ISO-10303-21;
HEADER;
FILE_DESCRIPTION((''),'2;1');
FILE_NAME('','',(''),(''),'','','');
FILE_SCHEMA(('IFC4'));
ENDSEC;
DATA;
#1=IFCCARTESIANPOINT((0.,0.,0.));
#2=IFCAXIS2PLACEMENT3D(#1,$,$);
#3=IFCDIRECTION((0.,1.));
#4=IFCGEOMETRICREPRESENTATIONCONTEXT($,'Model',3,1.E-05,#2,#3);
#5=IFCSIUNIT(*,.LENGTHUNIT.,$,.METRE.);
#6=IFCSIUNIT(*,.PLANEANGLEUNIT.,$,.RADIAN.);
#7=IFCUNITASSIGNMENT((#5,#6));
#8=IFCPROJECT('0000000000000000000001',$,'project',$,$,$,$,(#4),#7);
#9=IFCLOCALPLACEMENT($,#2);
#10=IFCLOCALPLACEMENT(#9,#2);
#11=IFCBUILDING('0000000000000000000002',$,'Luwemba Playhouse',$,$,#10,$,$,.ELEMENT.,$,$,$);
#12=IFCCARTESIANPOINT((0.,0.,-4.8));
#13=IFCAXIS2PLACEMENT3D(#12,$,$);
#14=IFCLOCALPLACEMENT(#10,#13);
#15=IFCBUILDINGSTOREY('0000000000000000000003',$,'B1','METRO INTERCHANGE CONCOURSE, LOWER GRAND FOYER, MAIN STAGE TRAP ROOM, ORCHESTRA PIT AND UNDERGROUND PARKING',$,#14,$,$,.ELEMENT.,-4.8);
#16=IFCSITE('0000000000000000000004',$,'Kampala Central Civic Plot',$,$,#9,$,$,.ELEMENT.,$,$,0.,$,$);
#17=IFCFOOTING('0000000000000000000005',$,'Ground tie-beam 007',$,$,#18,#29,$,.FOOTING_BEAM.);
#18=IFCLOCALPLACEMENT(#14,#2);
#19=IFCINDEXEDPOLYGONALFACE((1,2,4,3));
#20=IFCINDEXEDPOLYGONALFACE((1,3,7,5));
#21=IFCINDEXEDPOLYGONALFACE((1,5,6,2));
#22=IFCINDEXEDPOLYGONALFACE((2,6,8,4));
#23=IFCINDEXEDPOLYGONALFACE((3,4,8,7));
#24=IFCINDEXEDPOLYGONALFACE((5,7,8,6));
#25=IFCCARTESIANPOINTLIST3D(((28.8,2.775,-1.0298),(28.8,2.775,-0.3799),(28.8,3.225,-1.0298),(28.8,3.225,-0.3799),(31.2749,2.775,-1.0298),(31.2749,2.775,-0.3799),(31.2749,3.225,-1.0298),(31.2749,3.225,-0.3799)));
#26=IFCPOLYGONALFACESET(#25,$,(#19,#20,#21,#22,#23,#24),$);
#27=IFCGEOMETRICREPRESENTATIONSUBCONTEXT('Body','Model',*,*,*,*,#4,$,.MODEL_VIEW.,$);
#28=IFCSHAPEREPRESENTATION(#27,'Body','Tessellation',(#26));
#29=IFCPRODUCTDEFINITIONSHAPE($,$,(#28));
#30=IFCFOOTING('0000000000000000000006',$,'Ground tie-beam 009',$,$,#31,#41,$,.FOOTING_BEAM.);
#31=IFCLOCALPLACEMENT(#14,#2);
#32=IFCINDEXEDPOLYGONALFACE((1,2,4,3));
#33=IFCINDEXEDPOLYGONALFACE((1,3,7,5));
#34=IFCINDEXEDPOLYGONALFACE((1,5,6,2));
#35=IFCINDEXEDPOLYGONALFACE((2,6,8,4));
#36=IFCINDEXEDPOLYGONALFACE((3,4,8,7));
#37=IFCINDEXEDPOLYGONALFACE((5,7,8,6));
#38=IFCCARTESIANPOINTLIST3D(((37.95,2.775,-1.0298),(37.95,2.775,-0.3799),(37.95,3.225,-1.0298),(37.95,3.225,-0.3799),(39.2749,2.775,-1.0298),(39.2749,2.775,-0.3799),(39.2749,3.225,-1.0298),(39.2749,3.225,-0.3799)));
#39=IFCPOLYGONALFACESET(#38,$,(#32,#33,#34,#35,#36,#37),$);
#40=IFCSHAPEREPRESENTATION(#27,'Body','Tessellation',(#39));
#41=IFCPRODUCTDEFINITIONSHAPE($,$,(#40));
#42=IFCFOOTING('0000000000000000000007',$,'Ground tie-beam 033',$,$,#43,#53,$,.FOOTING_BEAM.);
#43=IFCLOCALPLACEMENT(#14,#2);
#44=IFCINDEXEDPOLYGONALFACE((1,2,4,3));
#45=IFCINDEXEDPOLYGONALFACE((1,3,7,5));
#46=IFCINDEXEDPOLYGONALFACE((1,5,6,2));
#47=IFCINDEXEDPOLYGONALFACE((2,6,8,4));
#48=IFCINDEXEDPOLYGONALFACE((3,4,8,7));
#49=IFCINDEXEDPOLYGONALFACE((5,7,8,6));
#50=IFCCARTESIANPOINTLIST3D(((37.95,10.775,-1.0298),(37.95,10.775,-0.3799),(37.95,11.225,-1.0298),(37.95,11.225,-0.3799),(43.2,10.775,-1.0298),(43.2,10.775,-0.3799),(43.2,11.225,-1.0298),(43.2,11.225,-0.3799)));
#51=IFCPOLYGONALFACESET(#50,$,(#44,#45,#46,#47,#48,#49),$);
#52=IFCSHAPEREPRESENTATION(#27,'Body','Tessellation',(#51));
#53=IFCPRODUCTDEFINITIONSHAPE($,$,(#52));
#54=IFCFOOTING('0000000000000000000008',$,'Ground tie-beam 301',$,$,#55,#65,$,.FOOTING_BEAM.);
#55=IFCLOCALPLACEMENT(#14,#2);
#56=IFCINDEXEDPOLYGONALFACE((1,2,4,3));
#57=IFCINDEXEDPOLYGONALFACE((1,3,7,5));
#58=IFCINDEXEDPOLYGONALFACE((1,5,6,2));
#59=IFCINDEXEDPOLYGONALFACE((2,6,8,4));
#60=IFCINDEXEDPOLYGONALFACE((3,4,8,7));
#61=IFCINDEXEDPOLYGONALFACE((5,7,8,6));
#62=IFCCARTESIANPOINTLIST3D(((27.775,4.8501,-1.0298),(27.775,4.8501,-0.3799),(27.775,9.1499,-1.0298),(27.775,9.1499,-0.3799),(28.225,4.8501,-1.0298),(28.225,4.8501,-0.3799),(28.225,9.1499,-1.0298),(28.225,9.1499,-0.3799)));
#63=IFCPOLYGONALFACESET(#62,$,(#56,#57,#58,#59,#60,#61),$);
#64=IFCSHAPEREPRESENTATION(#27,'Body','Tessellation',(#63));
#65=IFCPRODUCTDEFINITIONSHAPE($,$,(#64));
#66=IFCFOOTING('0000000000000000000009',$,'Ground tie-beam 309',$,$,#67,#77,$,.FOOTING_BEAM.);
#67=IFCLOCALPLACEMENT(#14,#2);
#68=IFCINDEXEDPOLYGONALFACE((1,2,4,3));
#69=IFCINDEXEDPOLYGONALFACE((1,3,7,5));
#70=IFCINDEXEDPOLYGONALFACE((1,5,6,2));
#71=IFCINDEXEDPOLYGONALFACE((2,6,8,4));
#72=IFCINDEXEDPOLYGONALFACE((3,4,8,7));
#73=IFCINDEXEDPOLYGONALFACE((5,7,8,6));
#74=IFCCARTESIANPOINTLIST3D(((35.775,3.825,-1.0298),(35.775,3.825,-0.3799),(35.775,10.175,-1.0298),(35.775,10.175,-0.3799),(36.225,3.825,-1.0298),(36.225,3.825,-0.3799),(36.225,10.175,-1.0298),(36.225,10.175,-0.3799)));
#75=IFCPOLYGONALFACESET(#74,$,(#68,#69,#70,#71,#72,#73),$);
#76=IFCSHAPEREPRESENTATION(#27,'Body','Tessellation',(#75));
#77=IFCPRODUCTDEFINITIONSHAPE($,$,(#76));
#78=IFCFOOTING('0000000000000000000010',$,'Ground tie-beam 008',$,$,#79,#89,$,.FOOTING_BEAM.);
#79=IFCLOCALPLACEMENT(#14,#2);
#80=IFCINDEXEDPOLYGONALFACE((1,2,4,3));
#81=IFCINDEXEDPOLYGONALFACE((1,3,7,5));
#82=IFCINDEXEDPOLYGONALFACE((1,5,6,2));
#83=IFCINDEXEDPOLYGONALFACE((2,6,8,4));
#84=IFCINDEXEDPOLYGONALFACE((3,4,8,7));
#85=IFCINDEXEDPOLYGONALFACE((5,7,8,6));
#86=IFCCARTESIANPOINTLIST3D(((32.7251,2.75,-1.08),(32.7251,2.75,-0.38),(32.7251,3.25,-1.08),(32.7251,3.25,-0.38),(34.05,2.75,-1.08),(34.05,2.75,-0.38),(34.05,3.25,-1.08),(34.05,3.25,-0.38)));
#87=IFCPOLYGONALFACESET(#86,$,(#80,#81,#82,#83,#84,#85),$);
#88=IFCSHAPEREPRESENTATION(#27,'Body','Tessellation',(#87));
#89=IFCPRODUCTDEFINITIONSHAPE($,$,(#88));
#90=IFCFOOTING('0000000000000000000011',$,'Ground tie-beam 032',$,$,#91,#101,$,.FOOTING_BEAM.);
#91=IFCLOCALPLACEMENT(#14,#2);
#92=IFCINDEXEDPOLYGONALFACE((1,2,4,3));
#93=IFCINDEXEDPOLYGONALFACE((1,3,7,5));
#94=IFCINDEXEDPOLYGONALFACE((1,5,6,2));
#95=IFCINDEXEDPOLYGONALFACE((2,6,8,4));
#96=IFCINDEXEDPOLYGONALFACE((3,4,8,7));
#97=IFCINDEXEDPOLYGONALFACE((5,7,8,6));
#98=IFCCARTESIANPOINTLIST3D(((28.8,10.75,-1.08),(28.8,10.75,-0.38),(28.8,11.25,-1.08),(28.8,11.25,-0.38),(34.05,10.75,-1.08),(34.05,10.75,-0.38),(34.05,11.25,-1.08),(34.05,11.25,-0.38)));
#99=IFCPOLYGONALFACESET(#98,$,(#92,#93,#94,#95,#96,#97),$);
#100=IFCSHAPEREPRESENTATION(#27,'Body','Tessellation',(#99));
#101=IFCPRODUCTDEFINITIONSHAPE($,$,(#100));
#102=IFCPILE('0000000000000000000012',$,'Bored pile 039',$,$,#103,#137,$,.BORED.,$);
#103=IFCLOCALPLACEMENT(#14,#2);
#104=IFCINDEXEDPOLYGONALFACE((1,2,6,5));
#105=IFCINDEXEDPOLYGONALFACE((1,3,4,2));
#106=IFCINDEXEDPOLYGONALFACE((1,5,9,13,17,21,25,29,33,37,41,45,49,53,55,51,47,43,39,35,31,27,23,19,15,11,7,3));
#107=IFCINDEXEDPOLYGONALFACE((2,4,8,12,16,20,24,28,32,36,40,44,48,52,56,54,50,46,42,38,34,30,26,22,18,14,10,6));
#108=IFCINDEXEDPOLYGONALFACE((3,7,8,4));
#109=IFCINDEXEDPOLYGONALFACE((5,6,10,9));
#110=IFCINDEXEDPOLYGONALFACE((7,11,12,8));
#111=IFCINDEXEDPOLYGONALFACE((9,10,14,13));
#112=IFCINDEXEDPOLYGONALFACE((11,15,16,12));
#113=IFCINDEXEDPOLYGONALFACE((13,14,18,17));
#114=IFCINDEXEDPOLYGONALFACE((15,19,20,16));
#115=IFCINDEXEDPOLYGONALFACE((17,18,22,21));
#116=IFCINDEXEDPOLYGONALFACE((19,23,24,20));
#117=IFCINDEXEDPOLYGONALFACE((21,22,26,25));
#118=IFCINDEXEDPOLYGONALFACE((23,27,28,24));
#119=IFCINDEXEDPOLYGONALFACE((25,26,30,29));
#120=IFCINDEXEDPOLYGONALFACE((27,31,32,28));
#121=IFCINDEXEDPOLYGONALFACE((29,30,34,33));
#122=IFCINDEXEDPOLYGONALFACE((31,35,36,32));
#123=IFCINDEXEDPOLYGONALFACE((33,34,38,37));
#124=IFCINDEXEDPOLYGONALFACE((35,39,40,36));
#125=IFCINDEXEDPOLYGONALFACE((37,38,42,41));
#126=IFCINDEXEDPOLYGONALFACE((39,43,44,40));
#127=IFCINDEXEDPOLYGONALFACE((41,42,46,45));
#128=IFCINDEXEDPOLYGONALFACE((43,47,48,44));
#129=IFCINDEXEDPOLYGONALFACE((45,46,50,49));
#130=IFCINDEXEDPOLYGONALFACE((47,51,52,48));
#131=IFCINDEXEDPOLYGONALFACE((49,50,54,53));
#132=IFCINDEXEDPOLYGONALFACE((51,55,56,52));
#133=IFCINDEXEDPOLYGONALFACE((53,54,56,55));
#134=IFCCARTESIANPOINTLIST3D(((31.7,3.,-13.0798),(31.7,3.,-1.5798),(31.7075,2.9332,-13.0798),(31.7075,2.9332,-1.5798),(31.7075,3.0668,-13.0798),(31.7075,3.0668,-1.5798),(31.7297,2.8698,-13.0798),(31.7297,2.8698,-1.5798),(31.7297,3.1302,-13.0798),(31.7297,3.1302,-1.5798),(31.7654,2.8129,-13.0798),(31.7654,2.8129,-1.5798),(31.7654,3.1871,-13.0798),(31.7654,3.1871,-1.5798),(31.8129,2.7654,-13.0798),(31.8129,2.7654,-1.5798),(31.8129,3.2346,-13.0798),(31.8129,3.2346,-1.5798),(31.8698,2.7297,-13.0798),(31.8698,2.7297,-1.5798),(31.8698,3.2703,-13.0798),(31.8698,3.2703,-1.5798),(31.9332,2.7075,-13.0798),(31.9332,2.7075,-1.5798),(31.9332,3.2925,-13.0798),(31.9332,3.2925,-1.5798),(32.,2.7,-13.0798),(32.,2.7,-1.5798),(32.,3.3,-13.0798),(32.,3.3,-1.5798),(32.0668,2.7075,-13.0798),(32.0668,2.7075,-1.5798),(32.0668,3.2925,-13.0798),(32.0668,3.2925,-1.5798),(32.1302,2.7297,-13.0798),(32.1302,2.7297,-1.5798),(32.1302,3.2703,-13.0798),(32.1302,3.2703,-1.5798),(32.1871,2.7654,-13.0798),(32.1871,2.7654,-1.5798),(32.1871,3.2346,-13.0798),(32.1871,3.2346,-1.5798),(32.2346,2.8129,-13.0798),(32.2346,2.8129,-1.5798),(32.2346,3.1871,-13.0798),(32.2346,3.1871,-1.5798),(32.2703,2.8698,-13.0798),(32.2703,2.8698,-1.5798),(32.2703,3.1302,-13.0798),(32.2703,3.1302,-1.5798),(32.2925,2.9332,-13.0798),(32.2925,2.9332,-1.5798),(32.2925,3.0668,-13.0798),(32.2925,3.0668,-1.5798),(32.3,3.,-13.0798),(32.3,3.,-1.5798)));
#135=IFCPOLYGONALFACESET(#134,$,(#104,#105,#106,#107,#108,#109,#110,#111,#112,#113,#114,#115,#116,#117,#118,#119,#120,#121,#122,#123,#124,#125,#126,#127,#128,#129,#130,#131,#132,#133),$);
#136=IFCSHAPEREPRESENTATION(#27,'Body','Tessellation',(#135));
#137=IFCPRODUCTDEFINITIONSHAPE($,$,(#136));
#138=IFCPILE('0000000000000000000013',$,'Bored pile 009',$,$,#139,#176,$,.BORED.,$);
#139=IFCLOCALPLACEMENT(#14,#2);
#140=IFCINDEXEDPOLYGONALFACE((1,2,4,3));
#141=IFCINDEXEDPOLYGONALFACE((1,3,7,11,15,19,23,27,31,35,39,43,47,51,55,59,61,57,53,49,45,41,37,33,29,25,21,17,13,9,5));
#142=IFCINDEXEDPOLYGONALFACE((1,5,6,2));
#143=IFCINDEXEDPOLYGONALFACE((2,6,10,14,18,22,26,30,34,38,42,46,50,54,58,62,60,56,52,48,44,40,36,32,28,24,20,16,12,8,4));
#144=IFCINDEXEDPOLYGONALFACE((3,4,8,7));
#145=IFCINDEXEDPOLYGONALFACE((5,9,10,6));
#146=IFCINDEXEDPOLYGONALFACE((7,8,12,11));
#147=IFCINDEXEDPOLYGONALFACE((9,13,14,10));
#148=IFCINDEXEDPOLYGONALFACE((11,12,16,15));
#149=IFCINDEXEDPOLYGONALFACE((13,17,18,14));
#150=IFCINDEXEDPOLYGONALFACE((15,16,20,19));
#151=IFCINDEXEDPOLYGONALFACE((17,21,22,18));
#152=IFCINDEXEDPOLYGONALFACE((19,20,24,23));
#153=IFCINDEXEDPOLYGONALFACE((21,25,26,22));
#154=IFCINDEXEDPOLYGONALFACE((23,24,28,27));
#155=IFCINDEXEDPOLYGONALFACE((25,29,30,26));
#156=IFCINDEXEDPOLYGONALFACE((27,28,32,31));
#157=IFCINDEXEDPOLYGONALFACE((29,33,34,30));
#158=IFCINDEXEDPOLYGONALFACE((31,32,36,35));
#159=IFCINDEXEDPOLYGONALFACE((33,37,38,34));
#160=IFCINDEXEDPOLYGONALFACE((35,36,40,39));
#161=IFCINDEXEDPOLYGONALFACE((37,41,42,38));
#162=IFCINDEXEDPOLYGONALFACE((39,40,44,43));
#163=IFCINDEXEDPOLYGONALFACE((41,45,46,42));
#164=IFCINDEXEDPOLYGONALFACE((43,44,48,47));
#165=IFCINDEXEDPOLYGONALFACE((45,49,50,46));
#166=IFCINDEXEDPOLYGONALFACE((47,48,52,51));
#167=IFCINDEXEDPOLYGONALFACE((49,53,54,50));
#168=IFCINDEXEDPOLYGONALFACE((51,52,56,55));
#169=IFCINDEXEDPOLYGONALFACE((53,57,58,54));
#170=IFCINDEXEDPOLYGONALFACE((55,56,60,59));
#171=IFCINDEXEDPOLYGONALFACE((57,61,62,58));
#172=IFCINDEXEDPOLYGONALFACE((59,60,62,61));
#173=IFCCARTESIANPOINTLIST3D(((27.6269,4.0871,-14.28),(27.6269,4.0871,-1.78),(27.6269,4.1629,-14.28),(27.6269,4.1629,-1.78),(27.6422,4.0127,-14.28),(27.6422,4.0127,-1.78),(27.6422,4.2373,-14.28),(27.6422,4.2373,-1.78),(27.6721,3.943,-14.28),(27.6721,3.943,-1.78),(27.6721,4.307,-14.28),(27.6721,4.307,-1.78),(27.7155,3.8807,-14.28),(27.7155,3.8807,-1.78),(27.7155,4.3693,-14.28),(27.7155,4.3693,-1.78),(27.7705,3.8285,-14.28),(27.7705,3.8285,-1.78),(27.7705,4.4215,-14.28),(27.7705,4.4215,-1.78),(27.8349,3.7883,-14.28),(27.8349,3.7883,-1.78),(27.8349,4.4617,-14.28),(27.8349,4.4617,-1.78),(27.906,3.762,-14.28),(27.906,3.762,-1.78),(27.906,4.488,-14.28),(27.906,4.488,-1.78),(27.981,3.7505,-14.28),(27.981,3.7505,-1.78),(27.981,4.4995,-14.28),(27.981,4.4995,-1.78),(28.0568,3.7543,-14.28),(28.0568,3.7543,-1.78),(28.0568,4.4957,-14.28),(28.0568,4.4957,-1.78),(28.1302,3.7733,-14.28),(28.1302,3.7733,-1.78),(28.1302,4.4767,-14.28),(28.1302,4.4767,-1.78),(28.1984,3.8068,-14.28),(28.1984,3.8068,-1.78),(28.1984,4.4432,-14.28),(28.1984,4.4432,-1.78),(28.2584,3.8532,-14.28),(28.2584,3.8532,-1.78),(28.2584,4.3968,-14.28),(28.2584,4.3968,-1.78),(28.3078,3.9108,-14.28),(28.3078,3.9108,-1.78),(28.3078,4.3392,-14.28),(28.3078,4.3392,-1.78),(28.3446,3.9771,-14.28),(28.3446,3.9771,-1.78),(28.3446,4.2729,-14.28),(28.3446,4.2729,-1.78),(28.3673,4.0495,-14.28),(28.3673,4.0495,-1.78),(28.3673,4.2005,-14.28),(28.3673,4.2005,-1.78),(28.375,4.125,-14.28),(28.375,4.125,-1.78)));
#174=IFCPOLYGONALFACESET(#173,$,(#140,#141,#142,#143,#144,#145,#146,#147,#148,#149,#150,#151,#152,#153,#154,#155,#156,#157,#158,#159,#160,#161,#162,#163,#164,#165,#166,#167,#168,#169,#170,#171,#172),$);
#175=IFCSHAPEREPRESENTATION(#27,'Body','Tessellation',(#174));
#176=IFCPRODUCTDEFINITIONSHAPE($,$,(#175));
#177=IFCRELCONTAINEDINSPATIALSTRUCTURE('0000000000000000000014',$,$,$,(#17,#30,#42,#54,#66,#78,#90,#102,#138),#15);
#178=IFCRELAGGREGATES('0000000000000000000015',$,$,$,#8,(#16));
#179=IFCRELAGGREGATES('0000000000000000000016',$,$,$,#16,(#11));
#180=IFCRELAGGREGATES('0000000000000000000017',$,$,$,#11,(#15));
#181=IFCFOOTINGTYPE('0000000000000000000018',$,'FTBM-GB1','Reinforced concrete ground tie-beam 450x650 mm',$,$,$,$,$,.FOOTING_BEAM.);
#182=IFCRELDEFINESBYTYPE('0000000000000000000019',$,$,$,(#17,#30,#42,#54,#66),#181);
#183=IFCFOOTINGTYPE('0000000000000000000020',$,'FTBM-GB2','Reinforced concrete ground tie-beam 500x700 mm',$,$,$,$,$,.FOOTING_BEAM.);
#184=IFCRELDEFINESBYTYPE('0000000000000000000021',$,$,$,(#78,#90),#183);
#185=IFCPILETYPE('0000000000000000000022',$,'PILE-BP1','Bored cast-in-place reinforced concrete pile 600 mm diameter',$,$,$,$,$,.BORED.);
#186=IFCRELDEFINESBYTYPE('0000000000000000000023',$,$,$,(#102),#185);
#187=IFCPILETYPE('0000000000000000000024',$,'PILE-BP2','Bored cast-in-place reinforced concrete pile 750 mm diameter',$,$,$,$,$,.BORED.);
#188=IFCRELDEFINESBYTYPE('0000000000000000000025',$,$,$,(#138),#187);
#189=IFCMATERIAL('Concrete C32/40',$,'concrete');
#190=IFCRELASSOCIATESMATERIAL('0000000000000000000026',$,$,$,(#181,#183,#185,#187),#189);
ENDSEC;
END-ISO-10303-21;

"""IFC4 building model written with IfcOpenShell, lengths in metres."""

from ifc_helpers import new_model, si_unit, direction, frame, origin, origin_2d, place, context, subcontext, project, spatial, rectangle, circle, extrude, material, material_profile, profile_set, type_object, element, save


model = new_model("IFC4")

# Units and contexts
model_context = context("Model", 3, precision=1e-05, world=origin(), true_north=direction((0.0, 1.0)))
body_context = subcontext(model_context, "Body", "Model", "MODEL_VIEW")
ifc_project = project(units=[si_unit("LENGTHUNIT", "METRE"), si_unit("PLANEANGLEUNIT", "RADIAN")], contexts=[model_context])

# Site, building, storey
site_placement = place(None, origin())
site = spatial("IfcSite", under=ifc_project, at=site_placement, Name="Kampala Central Civic Plot", CompositionType="ELEMENT", RefElevation=0.0)
building_placement = place(site_placement, origin())
building = spatial("IfcBuilding", under=site, at=building_placement, Name="Luwemba Playhouse", CompositionType="ELEMENT")
storey_placement = place(building_placement, frame((0.0, 0.0, -4.8)))
storey = spatial("IfcBuildingStorey", under=building, at=storey_placement, Name="B1", Description="METRO INTERCHANGE CONCOURSE, LOWER GRAND FOYER, MAIN STAGE TRAP ROOM, ORCHESTRA PIT AND UNDERGROUND PARKING", CompositionType="ELEMENT", Elevation=-4.8)

# Footings
ifc_material_1 = material(Name="Concrete C32/40", Category="concrete")
ifc_material_profile_1 = material_profile(ifc_material_1, rectangle(XDim=0.45, YDim=0.6499, at=origin_2d()))
ifc_profile_set_1 = profile_set([ifc_material_profile_1], Name="Concrete C32/40")
footing_type_1 = type_object("IfcFootingType", Name="FTBM-GB1", Description="Reinforced concrete ground tie-beam 450x650 mm", PredefinedType="FOOTING_BEAM", material=ifc_profile_set_1)
footing_1_placement = place(storey_placement, frame((28.8, 3.0, -0.7048), z_axis=(1.0, 0.0, 0.0), x_axis=(0.0, 1.0, 0.0)))
element("IfcFooting", 1, at=footing_1_placement, inside=storey, type_object=footing_type_1, Name="Ground tie-beam 007", PredefinedType="FOOTING_BEAM", context=body_context, shape_type="SweptSolid", body=[
    extrude(rectangle(XDim=0.45, YDim=0.6499, at=origin_2d()), origin(), (0.0, 0.0, 1.0), 2.4749),
])
footing_2_placement = place(storey_placement, frame((37.95, 3.0, -0.7048), z_axis=(1.0, 0.0, 0.0), x_axis=(0.0, 1.0, 0.0)))
element("IfcFooting", 2, at=footing_2_placement, inside=storey, type_object=footing_type_1, Name="Ground tie-beam 009", PredefinedType="FOOTING_BEAM", context=body_context, shape_type="SweptSolid", body=[
    extrude(rectangle(XDim=0.45, YDim=0.6499, at=origin_2d()), origin(), (0.0, 0.0, 1.0), 1.325),
])
footing_3_placement = place(storey_placement, frame((37.95, 11.0, -0.7048), z_axis=(1.0, 0.0, 0.0), x_axis=(0.0, 1.0, 0.0)))
element("IfcFooting", 3, at=footing_3_placement, inside=storey, type_object=footing_type_1, Name="Ground tie-beam 033", PredefinedType="FOOTING_BEAM", context=body_context, shape_type="SweptSolid", body=[
    extrude(rectangle(XDim=0.45, YDim=0.6499, at=origin_2d()), origin(), (0.0, 0.0, 1.0), 5.25),
])
footing_4_placement = place(storey_placement, frame((28.0, 4.8501, -0.7048), z_axis=(0.0, 1.0, 0.0), x_axis=(-1.0, 0.0, 0.0)))
element("IfcFooting", 4, at=footing_4_placement, inside=storey, type_object=footing_type_1, Name="Ground tie-beam 301", PredefinedType="FOOTING_BEAM", context=body_context, shape_type="SweptSolid", body=[
    extrude(rectangle(XDim=0.45, YDim=0.6499, at=origin_2d()), origin(), (0.0, 0.0, 1.0), 4.2998),
])
footing_5_placement = place(storey_placement, frame((36.0, 3.825, -0.7048), z_axis=(0.0, 1.0, 0.0), x_axis=(-1.0, 0.0, 0.0)))
element("IfcFooting", 5, at=footing_5_placement, inside=storey, type_object=footing_type_1, Name="Ground tie-beam 309", PredefinedType="FOOTING_BEAM", context=body_context, shape_type="SweptSolid", body=[
    extrude(rectangle(XDim=0.45, YDim=0.6499, at=origin_2d()), origin(), (0.0, 0.0, 1.0), 6.3501),
])
ifc_material_profile_2 = material_profile(ifc_material_1, rectangle(XDim=0.5, YDim=0.7, at=origin_2d()))
ifc_profile_set_2 = profile_set([ifc_material_profile_2], Name="Concrete C32/40")
footing_type_2 = type_object("IfcFootingType", Name="FTBM-GB2", Description="Reinforced concrete ground tie-beam 500x700 mm", PredefinedType="FOOTING_BEAM", material=ifc_profile_set_2)
footing_6_placement = place(storey_placement, frame((32.7251, 3.0, -0.73), z_axis=(1.0, 0.0, 0.0), x_axis=(0.0, 1.0, 0.0)))
element("IfcFooting", 6, at=footing_6_placement, inside=storey, type_object=footing_type_2, Name="Ground tie-beam 008", PredefinedType="FOOTING_BEAM", context=body_context, shape_type="SweptSolid", body=[
    extrude(rectangle(XDim=0.5, YDim=0.7, at=origin_2d()), origin(), (0.0, 0.0, 1.0), 1.325),
])
footing_7_placement = place(storey_placement, frame((28.8, 11.0, -0.73), z_axis=(1.0, 0.0, 0.0), x_axis=(0.0, 1.0, 0.0)))
element("IfcFooting", 7, at=footing_7_placement, inside=storey, type_object=footing_type_2, Name="Ground tie-beam 032", PredefinedType="FOOTING_BEAM", context=body_context, shape_type="SweptSolid", body=[
    extrude(rectangle(XDim=0.5, YDim=0.7, at=origin_2d()), origin(), (0.0, 0.0, 1.0), 5.25),
])

# Piles
ifc_material_profile_3 = material_profile(ifc_material_1, circle(Radius=0.3, at=origin_2d()))
ifc_profile_set_3 = profile_set([ifc_material_profile_3], Name="Concrete C32/40")
pile_type_1 = type_object("IfcPileType", Name="PILE-BP1", Description="Bored cast-in-place reinforced concrete pile 600 mm diameter", PredefinedType="BORED", material=ifc_profile_set_3)
pile_placement = place(storey_placement, frame((32.0, 3.0, -1.5798), z_axis=(0.0, 0.0, -1.0), x_axis=(1.0, 0.0, 0.0)))
element("IfcPile", 8, at=pile_placement, inside=storey, type_object=pile_type_1, Name="Bored pile 039", PredefinedType="BORED", context=body_context, shape_type="SweptSolid", body=[
    extrude(circle(Radius=0.3, at=origin_2d()), origin(), (0.0, 0.0, 1.0), 11.5),
])
ifc_material_profile_4 = material_profile(ifc_material_1, circle(Radius=0.375, at=origin_2d()))
ifc_profile_set_4 = profile_set([ifc_material_profile_4], Name="Concrete C32/40")
pile_type_2 = type_object("IfcPileType", Name="PILE-BP2", Description="Bored cast-in-place reinforced concrete pile 750 mm diameter", PredefinedType="BORED", material=ifc_profile_set_4)
for number, where, z_axis, x_axis, name in (
    (9, (28.0, 4.125, -1.78), (0.0, 0.0, -1.0), (1.0, 0.0, 0.0), "Bored pile 009"),
):
    element("IfcPile", number, at=place(storey_placement, frame(where, z_axis=z_axis, x_axis=x_axis)), inside=storey, type_object=pile_type_2, Name=name, PredefinedType="BORED", context=body_context, shape_type="SweptSolid", body=[
        extrude(circle(Radius=0.375, at=origin_2d()), origin(), (0.0, 0.0, 1.0), 12.5),
    ])

save(model, "model.ifc")
